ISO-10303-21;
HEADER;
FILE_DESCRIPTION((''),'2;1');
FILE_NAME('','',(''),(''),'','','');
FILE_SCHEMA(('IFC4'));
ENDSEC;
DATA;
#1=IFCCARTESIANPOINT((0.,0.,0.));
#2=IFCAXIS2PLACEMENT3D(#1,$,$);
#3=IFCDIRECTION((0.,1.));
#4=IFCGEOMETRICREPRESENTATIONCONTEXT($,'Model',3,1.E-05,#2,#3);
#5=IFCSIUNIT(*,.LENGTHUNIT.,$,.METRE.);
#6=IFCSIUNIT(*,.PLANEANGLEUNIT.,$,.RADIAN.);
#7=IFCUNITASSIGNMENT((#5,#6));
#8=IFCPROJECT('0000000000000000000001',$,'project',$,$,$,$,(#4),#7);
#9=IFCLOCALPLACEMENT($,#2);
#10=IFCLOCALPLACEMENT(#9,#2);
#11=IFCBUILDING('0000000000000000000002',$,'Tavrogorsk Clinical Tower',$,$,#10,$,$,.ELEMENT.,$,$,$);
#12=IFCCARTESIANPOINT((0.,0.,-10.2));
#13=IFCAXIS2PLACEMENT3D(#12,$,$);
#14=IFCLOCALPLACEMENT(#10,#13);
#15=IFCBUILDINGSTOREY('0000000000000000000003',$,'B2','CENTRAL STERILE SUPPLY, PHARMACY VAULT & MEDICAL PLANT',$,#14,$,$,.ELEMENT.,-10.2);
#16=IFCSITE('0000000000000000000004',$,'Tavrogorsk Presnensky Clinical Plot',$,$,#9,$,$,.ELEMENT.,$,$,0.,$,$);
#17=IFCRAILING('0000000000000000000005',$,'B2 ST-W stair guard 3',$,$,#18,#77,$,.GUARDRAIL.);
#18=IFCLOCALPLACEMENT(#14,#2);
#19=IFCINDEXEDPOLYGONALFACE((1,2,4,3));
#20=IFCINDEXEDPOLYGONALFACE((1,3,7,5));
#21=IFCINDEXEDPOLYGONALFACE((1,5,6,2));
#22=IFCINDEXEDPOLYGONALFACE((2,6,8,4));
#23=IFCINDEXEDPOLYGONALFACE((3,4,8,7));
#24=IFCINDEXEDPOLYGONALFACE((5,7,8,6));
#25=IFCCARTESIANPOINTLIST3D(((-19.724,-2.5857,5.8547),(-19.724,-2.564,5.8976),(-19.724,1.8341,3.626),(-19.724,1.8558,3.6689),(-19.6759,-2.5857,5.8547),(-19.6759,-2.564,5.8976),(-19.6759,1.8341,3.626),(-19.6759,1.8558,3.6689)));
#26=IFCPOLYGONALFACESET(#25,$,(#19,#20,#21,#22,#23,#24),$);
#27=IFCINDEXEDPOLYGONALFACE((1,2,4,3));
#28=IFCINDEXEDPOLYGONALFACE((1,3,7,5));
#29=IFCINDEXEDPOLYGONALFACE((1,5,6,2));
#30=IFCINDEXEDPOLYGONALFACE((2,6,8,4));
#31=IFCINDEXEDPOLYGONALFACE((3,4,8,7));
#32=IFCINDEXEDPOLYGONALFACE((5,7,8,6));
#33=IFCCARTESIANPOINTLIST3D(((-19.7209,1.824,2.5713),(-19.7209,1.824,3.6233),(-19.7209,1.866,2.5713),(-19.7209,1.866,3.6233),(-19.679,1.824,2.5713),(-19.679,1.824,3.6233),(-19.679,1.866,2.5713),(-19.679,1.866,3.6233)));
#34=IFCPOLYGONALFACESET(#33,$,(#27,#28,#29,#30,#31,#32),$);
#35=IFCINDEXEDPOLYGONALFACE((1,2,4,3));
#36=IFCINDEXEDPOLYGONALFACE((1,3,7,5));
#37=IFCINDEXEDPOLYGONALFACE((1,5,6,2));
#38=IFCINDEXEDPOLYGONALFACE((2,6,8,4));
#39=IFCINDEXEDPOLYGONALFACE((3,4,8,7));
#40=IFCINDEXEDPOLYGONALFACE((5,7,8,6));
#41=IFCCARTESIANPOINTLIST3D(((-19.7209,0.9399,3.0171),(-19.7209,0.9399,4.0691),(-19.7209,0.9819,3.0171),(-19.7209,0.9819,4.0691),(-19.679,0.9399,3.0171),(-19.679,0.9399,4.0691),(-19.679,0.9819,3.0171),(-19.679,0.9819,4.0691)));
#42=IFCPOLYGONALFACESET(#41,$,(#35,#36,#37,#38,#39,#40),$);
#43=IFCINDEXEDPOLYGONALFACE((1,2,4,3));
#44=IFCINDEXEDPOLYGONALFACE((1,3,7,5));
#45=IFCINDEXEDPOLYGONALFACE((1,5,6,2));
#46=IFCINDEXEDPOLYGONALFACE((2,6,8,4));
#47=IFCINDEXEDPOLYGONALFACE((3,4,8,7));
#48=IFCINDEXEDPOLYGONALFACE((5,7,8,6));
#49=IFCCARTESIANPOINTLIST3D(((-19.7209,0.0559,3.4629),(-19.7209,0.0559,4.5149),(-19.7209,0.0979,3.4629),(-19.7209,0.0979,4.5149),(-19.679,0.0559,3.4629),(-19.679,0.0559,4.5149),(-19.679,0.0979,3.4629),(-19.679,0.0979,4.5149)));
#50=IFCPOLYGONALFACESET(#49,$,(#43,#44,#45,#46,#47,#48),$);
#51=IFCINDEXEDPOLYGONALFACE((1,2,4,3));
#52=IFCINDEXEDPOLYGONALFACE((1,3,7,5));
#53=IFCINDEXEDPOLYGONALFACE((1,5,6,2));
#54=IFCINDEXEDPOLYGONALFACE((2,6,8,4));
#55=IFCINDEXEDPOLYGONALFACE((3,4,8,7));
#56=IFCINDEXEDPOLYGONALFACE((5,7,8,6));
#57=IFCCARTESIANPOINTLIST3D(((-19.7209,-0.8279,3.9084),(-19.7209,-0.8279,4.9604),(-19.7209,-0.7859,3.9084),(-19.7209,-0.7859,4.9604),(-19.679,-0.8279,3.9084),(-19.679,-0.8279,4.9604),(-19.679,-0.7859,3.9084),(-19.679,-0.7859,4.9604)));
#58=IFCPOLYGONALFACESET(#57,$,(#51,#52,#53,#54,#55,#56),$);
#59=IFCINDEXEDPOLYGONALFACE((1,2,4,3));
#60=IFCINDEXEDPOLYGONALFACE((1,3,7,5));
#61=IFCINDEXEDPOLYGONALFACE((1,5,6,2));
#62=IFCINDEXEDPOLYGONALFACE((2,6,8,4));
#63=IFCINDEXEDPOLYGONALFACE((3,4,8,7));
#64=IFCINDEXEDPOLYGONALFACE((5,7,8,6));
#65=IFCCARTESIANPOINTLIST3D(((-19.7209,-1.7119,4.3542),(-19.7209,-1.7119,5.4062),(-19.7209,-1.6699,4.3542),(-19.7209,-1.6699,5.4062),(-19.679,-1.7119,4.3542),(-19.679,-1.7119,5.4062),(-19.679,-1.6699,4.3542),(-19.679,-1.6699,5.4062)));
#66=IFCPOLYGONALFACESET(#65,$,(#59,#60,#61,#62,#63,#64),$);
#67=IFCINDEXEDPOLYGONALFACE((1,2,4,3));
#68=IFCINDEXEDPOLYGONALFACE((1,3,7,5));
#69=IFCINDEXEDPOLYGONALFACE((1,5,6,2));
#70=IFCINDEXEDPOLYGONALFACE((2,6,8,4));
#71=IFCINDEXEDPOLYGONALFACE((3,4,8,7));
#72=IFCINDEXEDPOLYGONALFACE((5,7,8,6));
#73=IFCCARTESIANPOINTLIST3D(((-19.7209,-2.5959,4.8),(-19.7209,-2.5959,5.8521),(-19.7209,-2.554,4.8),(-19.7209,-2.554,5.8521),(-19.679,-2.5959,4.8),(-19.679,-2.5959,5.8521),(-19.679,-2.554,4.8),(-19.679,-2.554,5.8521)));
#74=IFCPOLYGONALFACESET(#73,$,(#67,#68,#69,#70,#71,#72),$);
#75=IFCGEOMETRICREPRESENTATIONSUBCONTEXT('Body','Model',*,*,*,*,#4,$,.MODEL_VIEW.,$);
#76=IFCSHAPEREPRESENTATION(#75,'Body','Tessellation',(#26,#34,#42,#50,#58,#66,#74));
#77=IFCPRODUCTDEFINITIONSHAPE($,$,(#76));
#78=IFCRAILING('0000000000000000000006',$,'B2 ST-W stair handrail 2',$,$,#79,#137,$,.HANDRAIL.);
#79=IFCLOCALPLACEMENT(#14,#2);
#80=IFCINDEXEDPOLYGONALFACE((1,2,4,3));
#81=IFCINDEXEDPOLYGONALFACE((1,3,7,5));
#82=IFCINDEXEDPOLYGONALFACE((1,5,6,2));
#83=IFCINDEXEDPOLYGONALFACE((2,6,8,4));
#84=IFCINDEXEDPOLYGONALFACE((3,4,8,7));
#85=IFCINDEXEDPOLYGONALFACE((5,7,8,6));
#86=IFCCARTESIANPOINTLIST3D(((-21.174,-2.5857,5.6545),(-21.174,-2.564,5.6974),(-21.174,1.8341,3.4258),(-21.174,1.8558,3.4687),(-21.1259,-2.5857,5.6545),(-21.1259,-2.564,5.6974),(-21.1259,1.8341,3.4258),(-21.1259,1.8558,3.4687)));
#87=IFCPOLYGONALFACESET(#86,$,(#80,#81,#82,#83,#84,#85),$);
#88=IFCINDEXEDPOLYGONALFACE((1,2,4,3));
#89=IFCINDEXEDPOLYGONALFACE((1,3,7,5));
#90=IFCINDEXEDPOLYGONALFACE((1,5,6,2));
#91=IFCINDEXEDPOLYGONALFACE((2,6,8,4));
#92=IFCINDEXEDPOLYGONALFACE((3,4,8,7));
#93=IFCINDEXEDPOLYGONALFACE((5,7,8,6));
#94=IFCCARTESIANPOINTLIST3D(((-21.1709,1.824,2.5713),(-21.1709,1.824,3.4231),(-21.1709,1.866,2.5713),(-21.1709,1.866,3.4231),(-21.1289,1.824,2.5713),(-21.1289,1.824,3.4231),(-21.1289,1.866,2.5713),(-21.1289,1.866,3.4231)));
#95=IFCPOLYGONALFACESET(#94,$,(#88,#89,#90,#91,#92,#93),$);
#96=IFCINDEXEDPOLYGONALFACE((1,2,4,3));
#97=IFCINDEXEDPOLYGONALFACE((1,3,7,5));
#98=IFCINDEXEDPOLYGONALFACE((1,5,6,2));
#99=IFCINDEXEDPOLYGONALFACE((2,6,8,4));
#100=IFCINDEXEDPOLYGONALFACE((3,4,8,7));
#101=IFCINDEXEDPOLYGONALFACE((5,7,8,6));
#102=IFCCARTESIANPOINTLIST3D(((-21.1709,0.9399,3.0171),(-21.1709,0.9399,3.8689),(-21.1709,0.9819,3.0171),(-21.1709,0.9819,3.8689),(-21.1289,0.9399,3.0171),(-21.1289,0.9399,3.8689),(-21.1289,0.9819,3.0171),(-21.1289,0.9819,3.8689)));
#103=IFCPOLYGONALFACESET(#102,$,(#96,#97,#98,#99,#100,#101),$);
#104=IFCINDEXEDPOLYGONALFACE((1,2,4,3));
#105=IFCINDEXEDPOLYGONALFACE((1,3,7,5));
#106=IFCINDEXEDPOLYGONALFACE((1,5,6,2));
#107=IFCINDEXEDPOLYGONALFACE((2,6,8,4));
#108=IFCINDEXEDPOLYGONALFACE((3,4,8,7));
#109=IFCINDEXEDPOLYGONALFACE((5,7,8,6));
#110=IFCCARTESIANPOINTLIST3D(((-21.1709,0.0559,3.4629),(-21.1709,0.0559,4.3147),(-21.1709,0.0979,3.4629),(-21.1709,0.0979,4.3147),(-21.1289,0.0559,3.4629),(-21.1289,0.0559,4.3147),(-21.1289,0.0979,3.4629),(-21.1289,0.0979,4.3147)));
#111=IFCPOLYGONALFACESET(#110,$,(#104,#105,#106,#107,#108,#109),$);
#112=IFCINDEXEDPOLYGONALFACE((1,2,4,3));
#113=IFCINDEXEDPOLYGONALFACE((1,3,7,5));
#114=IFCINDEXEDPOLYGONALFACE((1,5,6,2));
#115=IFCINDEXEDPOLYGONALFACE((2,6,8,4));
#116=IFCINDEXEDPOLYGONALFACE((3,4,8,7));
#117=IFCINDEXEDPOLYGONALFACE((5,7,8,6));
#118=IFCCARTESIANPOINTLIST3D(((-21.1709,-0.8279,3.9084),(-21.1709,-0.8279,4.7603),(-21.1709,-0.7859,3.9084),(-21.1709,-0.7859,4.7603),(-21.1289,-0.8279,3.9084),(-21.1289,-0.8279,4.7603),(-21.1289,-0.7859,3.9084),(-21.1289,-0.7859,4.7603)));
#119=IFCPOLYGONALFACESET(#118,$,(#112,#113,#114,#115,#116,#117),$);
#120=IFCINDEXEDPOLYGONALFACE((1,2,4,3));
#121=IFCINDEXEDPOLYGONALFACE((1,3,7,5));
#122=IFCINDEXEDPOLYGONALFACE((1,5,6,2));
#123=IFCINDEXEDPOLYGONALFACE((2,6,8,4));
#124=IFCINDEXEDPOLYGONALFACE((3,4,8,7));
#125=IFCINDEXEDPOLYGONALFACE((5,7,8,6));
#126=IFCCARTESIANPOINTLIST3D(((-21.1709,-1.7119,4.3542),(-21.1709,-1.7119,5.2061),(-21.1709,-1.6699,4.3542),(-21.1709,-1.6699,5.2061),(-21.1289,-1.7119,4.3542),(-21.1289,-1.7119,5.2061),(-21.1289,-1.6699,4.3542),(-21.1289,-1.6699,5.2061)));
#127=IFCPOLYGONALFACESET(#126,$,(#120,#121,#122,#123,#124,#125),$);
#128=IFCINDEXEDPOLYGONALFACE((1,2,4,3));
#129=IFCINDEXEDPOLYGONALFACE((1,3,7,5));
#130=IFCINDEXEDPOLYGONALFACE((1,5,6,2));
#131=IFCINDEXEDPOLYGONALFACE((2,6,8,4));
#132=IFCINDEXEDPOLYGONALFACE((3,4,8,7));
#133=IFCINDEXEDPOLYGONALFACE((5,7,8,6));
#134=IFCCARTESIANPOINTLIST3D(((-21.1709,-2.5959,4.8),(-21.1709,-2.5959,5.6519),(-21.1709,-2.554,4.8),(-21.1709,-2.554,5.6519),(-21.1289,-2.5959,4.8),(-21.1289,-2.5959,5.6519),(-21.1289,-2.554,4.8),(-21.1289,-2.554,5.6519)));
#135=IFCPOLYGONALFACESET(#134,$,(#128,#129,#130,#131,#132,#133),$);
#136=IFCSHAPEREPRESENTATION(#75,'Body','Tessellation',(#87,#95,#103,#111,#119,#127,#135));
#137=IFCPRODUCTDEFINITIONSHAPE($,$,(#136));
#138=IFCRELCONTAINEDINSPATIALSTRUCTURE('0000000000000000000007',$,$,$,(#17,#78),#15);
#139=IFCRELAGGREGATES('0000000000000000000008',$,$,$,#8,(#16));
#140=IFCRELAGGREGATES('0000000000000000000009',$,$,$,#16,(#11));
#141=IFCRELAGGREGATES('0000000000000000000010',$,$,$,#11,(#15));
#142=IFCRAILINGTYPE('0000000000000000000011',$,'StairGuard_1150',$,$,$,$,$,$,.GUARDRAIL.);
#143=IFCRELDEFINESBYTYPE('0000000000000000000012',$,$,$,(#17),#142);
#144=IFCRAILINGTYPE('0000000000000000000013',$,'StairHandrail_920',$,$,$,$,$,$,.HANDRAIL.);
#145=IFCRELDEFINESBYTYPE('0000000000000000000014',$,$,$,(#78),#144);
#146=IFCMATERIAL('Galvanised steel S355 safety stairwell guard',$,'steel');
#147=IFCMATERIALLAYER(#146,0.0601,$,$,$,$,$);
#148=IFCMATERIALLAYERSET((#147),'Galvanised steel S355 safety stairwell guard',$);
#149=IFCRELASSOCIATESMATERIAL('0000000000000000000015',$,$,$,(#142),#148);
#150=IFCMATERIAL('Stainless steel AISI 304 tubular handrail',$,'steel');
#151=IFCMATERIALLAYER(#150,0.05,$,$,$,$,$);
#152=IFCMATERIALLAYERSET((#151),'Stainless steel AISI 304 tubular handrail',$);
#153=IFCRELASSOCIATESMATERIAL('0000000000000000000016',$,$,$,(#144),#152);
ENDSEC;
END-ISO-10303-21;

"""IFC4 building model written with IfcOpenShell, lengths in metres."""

from ifc_helpers import new_model, si_unit, direction, frame, origin, origin_2d, place, context, subcontext, project, spatial, rectangle, extrude, material, layer, layer_set, type_object, element, save


model = new_model("IFC4")

# Units and contexts
model_context = context("Model", 3, precision=1e-05, world=origin(), true_north=direction((0.0, 1.0)))
body_context = subcontext(model_context, "Body", "Model", "MODEL_VIEW")
ifc_project = project(units=[si_unit("LENGTHUNIT", "METRE"), si_unit("PLANEANGLEUNIT", "RADIAN")], contexts=[model_context])

# Site, building, storey
site_placement = place(None, origin())
site = spatial("IfcSite", under=ifc_project, at=site_placement, Name="Tavrogorsk Presnensky Clinical Plot", CompositionType="ELEMENT", RefElevation=0.0)
building_placement = place(site_placement, origin())
building = spatial("IfcBuilding", under=site, at=building_placement, Name="Tavrogorsk Clinical Tower", CompositionType="ELEMENT")
storey_placement = place(building_placement, frame((0.0, 0.0, -10.2)))
storey = spatial("IfcBuildingStorey", under=building, at=storey_placement, Name="B2", Description="CENTRAL STERILE SUPPLY, PHARMACY VAULT & MEDICAL PLANT", CompositionType="ELEMENT", Elevation=-10.2)

# Railings
ifc_material_1 = material(Name="Galvanised steel S355 safety stairwell guard", Category="steel")
ifc_layer_1 = layer(ifc_material_1, 0.0601)
ifc_layer_set_1 = layer_set([ifc_layer_1], Name="Galvanised steel S355 safety stairwell guard")
railing_type_1 = type_object("IfcRailingType", Name="StairGuard_1150", PredefinedType="GUARDRAIL", material=ifc_layer_set_1)
railing_1_placement = place(storey_placement, frame((-19.7, 1.845, 2.5713)))
element("IfcRailing", 1, at=railing_1_placement, inside=storey, type_object=railing_type_1, Name="B2 ST-W stair guard 3", PredefinedType="GUARDRAIL", context=body_context, shape_type="SweptSolid", body=[
    extrude(rectangle(XDim=0.0481, YDim=0.0481, at=origin_2d()), frame((0.0, 0.0, 1.0762), z_axis=(0.0, -0.892903, 0.450249), x_axis=(1.0, 0.0, 0.0)), (0.0, 0.0, 1.0), 4.95),
    extrude(rectangle(XDim=0.042, YDim=0.042, at=origin_2d()), origin(), (0.0, 0.0, 1.0), 1.052),
    extrude(rectangle(XDim=0.042, YDim=0.042, at=origin_2d()), frame((0.0, -0.884, 0.4458)), (0.0, 0.0, 1.0), 1.052),
    extrude(rectangle(XDim=0.042, YDim=0.042, at=origin_2d()), frame((0.0, -1.7681, 0.8916)), (0.0, 0.0, 1.0), 1.052),
    extrude(rectangle(XDim=0.042, YDim=0.042, at=origin_2d()), frame((0.0, -2.6519, 1.3372)), (0.0, 0.0, 1.0), 1.052),
    extrude(rectangle(XDim=0.042, YDim=0.042, at=origin_2d()), frame((0.0, -3.5359, 1.783)), (0.0, 0.0, 1.0), 1.052),
    extrude(rectangle(XDim=0.042, YDim=0.042, at=origin_2d()), frame((0.0, -4.4199, 2.2288)), (0.0, 0.0, 1.0), 1.052),
])
ifc_material_2 = material(Name="Stainless steel AISI 304 tubular handrail", Category="steel")
ifc_layer_2 = layer(ifc_material_2, 0.05)
ifc_layer_set_2 = layer_set([ifc_layer_2], Name="Stainless steel AISI 304 tubular handrail")
railing_type_2 = type_object("IfcRailingType", Name="StairHandrail_920", PredefinedType="HANDRAIL", material=ifc_layer_set_2)
railing_2_placement = place(storey_placement, frame((-21.1499, 1.845, 2.5713)))
element("IfcRailing", 2, at=railing_2_placement, inside=storey, type_object=railing_type_2, Name="B2 ST-W stair handrail 2", PredefinedType="HANDRAIL", context=body_context, shape_type="SweptSolid", body=[
    extrude(rectangle(XDim=0.0481, YDim=0.0481, at=origin_2d()), frame((0.0, 0.0, 0.876), z_axis=(0.0, -0.892903, 0.450249), x_axis=(1.0, 0.0, 0.0)), (0.0, 0.0, 1.0), 4.95),
    extrude(rectangle(XDim=0.042, YDim=0.042, at=origin_2d()), origin(), (0.0, 0.0, 1.0), 0.8518),
    extrude(rectangle(XDim=0.042, YDim=0.042, at=origin_2d()), frame((0.0, -0.884, 0.4458)), (0.0, 0.0, 1.0), 0.8518),
    extrude(rectangle(XDim=0.042, YDim=0.042, at=origin_2d()), frame((0.0, -1.7681, 0.8916)), (0.0, 0.0, 1.0), 0.8518),
    extrude(rectangle(XDim=0.042, YDim=0.042, at=origin_2d()), frame((0.0, -2.6519, 1.3372)), (0.0, 0.0, 1.0), 0.8518),
    extrude(rectangle(XDim=0.042, YDim=0.042, at=origin_2d()), frame((0.0, -3.5359, 1.783)), (0.0, 0.0, 1.0), 0.8518),
    extrude(rectangle(XDim=0.042, YDim=0.042, at=origin_2d()), frame((0.0, -4.4199, 2.2288)), (0.0, 0.0, 1.0), 0.8518),
])

save(model, "model.ifc")
